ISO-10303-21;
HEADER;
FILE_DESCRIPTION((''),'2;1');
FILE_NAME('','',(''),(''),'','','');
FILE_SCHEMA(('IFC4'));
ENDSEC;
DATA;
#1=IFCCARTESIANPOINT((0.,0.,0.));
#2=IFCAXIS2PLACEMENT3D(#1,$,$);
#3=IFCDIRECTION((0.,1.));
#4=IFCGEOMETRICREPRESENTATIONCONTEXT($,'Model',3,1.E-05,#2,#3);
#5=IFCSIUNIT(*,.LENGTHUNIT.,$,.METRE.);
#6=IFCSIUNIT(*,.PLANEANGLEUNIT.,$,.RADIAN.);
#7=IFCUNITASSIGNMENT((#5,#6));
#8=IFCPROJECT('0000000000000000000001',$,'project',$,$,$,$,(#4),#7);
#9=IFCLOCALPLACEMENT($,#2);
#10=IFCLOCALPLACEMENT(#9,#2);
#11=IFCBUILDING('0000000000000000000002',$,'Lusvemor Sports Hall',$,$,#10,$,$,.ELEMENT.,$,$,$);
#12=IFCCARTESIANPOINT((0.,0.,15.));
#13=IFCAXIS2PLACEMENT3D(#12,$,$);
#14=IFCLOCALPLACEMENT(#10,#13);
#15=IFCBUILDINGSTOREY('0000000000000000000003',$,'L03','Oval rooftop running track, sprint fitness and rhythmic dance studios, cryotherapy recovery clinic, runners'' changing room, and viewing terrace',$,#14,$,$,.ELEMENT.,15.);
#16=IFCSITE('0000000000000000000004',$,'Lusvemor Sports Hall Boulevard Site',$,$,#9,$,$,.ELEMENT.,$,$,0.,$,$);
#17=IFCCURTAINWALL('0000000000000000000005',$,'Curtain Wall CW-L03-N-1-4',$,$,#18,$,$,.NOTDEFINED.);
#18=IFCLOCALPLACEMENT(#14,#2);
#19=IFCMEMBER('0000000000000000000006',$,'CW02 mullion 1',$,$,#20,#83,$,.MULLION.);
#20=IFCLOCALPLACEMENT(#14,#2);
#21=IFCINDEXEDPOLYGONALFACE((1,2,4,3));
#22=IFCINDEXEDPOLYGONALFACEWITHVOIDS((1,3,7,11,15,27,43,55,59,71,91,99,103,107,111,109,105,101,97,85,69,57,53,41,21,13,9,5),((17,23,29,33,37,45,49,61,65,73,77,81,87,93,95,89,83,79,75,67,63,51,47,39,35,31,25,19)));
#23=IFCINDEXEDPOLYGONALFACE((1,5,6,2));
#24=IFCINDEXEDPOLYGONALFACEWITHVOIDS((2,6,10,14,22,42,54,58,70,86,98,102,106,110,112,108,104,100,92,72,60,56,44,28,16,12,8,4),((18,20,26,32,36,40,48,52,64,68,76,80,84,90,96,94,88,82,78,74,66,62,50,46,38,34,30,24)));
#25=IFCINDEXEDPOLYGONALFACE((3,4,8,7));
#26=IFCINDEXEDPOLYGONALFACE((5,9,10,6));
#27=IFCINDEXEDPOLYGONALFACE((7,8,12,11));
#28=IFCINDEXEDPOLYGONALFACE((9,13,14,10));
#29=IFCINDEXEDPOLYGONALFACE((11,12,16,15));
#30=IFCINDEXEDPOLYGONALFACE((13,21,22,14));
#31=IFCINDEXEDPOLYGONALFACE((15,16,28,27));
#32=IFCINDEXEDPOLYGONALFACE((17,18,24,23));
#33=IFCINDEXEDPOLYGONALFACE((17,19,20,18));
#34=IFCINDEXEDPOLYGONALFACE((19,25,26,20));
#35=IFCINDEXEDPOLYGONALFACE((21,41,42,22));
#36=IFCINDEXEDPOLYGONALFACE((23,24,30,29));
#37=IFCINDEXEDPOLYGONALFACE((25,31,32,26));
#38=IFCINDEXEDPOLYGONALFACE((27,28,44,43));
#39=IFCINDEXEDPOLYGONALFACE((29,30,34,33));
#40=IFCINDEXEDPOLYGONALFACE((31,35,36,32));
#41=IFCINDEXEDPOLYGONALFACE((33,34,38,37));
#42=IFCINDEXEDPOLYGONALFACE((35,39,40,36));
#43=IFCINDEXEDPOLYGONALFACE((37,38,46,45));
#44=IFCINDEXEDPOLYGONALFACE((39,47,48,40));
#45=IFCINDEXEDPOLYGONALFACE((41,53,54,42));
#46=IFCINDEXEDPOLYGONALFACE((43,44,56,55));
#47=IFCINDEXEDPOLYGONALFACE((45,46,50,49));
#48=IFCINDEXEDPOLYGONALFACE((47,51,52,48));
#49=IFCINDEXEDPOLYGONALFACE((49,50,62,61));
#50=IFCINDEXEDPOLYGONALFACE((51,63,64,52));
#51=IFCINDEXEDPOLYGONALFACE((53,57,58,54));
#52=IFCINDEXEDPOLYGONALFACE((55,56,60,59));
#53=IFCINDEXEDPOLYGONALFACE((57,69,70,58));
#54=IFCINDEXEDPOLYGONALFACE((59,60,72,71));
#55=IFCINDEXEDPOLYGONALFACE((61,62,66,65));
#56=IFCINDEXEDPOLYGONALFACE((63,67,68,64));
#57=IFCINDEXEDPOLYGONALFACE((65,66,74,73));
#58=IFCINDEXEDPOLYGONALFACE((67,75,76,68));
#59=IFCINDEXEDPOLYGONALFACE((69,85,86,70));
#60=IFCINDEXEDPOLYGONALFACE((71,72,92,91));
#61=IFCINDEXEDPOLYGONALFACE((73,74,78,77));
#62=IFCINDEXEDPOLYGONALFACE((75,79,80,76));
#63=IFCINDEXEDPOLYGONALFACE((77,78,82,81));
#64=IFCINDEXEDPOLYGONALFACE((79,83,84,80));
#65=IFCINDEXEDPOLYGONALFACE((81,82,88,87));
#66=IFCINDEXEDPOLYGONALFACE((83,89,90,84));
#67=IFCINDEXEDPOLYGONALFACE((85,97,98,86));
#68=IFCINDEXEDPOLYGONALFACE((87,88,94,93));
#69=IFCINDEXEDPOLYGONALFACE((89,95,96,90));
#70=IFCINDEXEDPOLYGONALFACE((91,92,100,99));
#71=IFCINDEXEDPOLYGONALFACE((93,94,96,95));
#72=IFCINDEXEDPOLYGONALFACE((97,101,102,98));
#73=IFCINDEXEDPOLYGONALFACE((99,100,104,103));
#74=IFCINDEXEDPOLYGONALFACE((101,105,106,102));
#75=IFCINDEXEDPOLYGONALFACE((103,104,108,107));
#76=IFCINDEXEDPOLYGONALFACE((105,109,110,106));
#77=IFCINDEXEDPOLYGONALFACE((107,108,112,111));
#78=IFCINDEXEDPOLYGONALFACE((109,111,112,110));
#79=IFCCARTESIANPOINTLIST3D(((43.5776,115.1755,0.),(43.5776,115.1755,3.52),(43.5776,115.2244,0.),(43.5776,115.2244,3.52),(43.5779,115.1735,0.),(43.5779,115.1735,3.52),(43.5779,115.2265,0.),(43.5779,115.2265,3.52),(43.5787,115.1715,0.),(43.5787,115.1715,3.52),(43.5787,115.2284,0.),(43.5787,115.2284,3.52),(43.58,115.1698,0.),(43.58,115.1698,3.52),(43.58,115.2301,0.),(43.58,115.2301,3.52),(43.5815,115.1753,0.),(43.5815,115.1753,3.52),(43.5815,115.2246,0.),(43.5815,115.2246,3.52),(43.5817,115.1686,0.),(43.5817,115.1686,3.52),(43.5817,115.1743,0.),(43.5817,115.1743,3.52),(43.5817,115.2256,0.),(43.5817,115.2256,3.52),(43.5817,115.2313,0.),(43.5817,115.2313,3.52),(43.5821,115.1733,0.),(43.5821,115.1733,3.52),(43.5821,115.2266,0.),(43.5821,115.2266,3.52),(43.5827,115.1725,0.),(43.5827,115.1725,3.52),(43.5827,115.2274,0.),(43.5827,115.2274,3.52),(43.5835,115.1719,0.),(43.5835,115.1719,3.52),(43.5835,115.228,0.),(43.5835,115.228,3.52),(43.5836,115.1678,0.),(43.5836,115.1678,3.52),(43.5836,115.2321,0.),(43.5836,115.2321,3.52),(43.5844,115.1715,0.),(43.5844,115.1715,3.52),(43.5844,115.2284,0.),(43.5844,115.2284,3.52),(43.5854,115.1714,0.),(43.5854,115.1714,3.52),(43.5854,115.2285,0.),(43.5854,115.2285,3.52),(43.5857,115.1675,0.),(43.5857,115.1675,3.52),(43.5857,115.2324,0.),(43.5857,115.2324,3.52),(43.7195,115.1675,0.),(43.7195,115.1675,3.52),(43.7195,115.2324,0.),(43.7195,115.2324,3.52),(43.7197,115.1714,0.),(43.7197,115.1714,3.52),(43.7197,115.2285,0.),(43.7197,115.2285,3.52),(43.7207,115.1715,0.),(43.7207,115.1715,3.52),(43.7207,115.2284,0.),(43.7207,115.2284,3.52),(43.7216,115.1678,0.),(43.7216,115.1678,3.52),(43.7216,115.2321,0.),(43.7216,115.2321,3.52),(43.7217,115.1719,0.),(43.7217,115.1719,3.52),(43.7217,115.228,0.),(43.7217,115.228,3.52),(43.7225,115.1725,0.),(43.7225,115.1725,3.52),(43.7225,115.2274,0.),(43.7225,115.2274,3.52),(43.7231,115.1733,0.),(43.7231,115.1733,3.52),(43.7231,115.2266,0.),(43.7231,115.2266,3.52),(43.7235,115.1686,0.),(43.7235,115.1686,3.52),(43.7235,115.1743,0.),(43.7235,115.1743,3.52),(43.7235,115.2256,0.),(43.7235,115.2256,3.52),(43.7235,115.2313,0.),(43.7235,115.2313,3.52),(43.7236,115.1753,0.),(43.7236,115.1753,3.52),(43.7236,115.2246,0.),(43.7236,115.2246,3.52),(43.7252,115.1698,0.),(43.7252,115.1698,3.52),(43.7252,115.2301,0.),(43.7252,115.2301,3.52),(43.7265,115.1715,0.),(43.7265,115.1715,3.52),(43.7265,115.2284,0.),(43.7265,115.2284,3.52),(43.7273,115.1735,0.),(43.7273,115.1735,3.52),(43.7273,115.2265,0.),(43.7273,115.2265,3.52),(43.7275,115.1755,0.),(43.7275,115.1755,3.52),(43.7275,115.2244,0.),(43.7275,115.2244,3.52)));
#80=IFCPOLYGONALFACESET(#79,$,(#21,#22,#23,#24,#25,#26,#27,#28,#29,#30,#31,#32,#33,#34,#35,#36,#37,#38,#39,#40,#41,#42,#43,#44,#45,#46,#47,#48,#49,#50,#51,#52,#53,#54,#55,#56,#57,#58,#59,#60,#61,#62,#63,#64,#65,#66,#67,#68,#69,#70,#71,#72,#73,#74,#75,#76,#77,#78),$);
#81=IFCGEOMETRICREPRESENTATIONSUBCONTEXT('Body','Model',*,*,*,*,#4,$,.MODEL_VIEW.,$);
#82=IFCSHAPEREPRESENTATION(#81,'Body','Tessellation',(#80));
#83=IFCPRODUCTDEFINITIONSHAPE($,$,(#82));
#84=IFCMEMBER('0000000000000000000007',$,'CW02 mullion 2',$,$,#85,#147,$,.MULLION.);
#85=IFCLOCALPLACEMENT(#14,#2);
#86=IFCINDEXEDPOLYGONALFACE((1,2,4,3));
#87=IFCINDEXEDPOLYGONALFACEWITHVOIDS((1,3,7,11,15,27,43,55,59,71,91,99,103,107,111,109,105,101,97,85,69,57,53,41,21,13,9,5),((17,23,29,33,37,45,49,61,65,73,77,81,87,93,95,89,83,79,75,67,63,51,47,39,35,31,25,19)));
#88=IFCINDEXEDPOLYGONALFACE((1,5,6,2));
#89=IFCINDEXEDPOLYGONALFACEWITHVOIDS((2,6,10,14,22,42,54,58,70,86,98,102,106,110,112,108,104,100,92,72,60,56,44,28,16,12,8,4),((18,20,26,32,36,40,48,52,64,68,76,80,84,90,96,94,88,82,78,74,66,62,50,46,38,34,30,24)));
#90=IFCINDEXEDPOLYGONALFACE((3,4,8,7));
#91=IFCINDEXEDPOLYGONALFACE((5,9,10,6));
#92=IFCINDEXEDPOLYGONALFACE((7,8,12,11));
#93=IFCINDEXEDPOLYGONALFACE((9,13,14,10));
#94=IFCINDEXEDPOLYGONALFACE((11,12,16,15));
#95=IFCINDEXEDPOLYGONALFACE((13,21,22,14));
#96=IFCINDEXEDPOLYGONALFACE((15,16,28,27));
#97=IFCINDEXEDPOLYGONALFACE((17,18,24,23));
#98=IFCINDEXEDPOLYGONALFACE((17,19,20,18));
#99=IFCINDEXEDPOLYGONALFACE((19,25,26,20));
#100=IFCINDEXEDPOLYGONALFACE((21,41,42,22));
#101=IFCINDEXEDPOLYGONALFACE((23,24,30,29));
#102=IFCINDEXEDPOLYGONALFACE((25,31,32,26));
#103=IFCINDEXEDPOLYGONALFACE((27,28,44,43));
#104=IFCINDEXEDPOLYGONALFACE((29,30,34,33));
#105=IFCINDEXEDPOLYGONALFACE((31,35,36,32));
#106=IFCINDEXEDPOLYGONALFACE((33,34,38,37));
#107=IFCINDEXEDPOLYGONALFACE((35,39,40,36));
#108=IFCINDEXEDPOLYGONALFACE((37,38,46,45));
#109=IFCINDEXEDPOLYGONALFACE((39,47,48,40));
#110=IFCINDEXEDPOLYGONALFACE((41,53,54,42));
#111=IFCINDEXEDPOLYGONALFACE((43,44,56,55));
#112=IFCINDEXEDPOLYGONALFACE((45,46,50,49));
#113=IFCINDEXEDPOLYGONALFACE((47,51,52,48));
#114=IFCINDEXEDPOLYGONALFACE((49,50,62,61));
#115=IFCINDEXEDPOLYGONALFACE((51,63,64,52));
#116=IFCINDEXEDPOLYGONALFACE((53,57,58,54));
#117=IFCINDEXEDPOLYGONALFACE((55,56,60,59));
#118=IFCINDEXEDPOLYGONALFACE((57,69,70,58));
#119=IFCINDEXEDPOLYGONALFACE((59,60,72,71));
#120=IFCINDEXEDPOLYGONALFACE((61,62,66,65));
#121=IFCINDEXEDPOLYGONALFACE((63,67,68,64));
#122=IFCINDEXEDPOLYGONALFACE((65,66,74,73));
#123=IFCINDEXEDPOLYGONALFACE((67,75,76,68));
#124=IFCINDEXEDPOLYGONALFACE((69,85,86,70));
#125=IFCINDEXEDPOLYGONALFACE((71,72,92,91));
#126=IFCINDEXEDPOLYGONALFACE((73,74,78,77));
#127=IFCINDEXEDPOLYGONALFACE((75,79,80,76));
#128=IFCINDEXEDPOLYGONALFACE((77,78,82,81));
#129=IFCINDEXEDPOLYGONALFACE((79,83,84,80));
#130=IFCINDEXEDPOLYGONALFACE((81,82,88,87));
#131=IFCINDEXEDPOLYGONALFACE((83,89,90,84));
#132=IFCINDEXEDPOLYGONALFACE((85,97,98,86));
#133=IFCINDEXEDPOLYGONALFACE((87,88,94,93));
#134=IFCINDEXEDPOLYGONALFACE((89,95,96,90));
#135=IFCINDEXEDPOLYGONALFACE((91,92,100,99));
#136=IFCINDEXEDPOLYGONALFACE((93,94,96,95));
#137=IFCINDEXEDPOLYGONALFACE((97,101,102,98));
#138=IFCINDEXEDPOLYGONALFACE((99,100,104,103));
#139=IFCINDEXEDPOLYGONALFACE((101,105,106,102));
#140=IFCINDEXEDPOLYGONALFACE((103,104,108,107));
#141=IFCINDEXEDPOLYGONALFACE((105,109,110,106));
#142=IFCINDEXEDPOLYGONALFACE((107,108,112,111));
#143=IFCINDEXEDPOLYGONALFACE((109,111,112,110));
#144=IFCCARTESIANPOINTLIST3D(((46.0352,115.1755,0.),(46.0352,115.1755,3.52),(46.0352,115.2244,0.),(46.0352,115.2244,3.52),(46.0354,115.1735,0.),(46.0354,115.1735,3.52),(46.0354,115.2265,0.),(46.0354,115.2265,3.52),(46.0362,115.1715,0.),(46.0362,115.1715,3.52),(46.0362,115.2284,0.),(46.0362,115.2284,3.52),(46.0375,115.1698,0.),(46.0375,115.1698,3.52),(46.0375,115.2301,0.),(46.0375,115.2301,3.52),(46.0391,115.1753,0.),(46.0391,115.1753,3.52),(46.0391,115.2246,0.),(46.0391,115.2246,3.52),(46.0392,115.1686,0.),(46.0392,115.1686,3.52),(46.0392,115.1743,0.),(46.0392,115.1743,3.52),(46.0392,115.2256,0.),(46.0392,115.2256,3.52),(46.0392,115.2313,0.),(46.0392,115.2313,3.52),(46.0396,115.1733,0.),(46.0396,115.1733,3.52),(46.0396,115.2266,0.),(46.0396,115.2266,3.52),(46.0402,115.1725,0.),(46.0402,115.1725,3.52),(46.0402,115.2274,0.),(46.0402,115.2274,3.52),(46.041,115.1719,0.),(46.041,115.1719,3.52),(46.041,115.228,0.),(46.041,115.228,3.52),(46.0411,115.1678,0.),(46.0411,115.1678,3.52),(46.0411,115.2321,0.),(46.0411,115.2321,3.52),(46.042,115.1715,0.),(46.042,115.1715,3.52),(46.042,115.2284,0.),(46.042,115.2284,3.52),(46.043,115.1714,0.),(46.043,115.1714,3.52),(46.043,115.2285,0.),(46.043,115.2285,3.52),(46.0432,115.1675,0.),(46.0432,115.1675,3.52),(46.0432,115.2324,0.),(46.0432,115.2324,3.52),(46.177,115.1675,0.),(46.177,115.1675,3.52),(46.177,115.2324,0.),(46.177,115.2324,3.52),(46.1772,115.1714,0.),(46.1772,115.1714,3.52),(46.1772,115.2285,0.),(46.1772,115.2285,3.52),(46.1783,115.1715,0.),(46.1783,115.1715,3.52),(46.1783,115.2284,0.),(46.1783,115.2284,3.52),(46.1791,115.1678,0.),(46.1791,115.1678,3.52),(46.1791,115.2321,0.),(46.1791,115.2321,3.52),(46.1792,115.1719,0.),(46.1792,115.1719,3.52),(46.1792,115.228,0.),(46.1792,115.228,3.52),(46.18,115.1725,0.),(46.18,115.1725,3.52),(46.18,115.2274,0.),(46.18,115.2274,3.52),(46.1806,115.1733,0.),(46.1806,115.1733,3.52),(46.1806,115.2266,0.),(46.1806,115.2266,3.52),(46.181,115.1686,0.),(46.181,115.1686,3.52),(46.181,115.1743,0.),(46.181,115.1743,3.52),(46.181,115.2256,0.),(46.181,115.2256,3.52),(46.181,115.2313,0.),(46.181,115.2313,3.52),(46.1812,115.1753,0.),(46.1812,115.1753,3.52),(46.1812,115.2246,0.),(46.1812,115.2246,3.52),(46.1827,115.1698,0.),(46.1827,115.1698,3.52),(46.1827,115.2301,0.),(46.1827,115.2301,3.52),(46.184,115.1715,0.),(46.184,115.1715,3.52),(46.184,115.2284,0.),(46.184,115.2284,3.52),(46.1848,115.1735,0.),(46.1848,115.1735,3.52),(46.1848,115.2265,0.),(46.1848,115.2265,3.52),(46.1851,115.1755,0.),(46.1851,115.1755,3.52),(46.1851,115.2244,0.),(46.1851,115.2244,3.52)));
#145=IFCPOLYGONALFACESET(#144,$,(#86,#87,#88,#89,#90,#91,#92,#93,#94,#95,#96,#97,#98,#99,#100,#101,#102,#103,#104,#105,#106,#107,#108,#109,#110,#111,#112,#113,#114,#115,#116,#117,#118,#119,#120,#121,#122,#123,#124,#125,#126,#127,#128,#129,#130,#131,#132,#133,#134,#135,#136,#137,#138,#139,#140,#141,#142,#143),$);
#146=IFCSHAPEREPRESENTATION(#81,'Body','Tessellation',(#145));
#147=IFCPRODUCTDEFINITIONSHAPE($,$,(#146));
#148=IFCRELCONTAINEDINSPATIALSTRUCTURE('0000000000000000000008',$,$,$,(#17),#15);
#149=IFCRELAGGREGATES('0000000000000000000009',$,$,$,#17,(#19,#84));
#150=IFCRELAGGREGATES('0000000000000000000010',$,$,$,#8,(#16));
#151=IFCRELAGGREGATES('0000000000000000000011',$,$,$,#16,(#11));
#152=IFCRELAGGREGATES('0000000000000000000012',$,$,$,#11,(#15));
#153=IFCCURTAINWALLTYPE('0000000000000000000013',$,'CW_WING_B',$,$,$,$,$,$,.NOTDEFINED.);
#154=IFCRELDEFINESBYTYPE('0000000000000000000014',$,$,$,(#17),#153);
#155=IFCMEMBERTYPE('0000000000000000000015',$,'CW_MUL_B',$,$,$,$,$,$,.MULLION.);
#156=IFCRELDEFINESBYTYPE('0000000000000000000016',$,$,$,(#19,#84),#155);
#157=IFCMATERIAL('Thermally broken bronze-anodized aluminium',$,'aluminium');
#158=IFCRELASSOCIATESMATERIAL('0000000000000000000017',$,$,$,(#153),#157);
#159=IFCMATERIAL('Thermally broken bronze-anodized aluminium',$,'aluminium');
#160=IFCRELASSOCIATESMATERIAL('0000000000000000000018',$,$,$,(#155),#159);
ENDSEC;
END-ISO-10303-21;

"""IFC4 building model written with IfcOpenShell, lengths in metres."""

from ifc_helpers import new_model, si_unit, direction, frame, origin, origin_2d, place, context, subcontext, project, spatial, hollow_rectangle, extrude, material, material_profile, profile_set, type_object, element, aggregate, save


model = new_model("IFC4")

# Units and contexts
model_context = context("Model", 3, precision=1e-05, world=origin(), true_north=direction((0.0, 1.0)))
body_context = subcontext(model_context, "Body", "Model", "MODEL_VIEW")
ifc_project = project(units=[si_unit("LENGTHUNIT", "METRE"), si_unit("PLANEANGLEUNIT", "RADIAN")], contexts=[model_context])

# Site, building, storey
site_placement = place(None, origin())
site = spatial("IfcSite", under=ifc_project, at=site_placement, Name="Lusvemor Sports Hall Boulevard Site", CompositionType="ELEMENT", RefElevation=0.0)
building_placement = place(site_placement, origin())
building = spatial("IfcBuilding", under=site, at=building_placement, Name="Lusvemor Sports Hall", CompositionType="ELEMENT")
storey_placement = place(building_placement, frame((0.0, 0.0, 15.0)))
storey = spatial("IfcBuildingStorey", under=building, at=storey_placement, Name="L03", Description="Oval rooftop running track, sprint fitness and rhythmic dance studios, cryotherapy recovery clinic, runners' changing room, and viewing terrace", CompositionType="ELEMENT", Elevation=15.0)

# Curtain wall, members
ifc_material_1 = material(Name="Thermally broken bronze-anodized aluminium", Category="aluminium")
curtain_wall_type = type_object("IfcCurtainWallType", Name="CW_WING_B", PredefinedType="NOTDEFINED", material=ifc_material_1)
ifc_material_2 = material(Name="Thermally broken bronze-anodized aluminium", Category="aluminium")
ifc_material_profile_1 = material_profile(ifc_material_2, hollow_rectangle(XDim=0.0649, YDim=0.1499, WallThickness=0.0039, InnerFilletRadius=0.0039, OuterFilletRadius=0.0081, at=origin_2d()), Name="CWMUL150x65x4")
ifc_profile_set_1 = profile_set([ifc_material_profile_1], Name="Thermally broken bronze-anodized aluminium")
member_type_1 = type_object("IfcMemberType", Name="CW_MUL_B", PredefinedType="MULLION", material=ifc_profile_set_1)
curtain_wall_1_placement = place(storey_placement, origin())
curtain_wall_1 = element("IfcCurtainWall", 1, at=curtain_wall_1_placement, inside=storey, type_object=curtain_wall_type, Name="Curtain Wall CW-L03-N-1-4", PredefinedType="NOTDEFINED")
member_1_placement = place(storey_placement, frame((43.6526, 115.2, 0.0), z_axis=(0.0, 0.0, 1.0), x_axis=(0.0, 1.0, 0.0)))
member_1 = element("IfcMember", 2, at=member_1_placement, type_object=member_type_1, Name="CW02 mullion 1", PredefinedType="MULLION", context=body_context, shape_type="SweptSolid", body=[
    extrude(hollow_rectangle(XDim=0.0649, YDim=0.1499, WallThickness=0.0039, InnerFilletRadius=0.0039, OuterFilletRadius=0.0081, at=origin_2d()), origin(), (0.0, 0.0, 1.0), 3.52),
])
member_2_placement = place(storey_placement, frame((46.1101, 115.2, 0.0), z_axis=(0.0, 0.0, 1.0), x_axis=(0.0, 1.0, 0.0)))
member_2 = element("IfcMember", 3, at=member_2_placement, type_object=member_type_1, Name="CW02 mullion 2", PredefinedType="MULLION", context=body_context, shape_type="SweptSolid", body=[
    extrude(hollow_rectangle(XDim=0.0649, YDim=0.1499, WallThickness=0.0039, InnerFilletRadius=0.0039, OuterFilletRadius=0.0081, at=origin_2d()), origin(), (0.0, 0.0, 1.0), 3.52),
])

aggregate(curtain_wall_1, [member_1, member_2])

save(model, "model.ifc")
